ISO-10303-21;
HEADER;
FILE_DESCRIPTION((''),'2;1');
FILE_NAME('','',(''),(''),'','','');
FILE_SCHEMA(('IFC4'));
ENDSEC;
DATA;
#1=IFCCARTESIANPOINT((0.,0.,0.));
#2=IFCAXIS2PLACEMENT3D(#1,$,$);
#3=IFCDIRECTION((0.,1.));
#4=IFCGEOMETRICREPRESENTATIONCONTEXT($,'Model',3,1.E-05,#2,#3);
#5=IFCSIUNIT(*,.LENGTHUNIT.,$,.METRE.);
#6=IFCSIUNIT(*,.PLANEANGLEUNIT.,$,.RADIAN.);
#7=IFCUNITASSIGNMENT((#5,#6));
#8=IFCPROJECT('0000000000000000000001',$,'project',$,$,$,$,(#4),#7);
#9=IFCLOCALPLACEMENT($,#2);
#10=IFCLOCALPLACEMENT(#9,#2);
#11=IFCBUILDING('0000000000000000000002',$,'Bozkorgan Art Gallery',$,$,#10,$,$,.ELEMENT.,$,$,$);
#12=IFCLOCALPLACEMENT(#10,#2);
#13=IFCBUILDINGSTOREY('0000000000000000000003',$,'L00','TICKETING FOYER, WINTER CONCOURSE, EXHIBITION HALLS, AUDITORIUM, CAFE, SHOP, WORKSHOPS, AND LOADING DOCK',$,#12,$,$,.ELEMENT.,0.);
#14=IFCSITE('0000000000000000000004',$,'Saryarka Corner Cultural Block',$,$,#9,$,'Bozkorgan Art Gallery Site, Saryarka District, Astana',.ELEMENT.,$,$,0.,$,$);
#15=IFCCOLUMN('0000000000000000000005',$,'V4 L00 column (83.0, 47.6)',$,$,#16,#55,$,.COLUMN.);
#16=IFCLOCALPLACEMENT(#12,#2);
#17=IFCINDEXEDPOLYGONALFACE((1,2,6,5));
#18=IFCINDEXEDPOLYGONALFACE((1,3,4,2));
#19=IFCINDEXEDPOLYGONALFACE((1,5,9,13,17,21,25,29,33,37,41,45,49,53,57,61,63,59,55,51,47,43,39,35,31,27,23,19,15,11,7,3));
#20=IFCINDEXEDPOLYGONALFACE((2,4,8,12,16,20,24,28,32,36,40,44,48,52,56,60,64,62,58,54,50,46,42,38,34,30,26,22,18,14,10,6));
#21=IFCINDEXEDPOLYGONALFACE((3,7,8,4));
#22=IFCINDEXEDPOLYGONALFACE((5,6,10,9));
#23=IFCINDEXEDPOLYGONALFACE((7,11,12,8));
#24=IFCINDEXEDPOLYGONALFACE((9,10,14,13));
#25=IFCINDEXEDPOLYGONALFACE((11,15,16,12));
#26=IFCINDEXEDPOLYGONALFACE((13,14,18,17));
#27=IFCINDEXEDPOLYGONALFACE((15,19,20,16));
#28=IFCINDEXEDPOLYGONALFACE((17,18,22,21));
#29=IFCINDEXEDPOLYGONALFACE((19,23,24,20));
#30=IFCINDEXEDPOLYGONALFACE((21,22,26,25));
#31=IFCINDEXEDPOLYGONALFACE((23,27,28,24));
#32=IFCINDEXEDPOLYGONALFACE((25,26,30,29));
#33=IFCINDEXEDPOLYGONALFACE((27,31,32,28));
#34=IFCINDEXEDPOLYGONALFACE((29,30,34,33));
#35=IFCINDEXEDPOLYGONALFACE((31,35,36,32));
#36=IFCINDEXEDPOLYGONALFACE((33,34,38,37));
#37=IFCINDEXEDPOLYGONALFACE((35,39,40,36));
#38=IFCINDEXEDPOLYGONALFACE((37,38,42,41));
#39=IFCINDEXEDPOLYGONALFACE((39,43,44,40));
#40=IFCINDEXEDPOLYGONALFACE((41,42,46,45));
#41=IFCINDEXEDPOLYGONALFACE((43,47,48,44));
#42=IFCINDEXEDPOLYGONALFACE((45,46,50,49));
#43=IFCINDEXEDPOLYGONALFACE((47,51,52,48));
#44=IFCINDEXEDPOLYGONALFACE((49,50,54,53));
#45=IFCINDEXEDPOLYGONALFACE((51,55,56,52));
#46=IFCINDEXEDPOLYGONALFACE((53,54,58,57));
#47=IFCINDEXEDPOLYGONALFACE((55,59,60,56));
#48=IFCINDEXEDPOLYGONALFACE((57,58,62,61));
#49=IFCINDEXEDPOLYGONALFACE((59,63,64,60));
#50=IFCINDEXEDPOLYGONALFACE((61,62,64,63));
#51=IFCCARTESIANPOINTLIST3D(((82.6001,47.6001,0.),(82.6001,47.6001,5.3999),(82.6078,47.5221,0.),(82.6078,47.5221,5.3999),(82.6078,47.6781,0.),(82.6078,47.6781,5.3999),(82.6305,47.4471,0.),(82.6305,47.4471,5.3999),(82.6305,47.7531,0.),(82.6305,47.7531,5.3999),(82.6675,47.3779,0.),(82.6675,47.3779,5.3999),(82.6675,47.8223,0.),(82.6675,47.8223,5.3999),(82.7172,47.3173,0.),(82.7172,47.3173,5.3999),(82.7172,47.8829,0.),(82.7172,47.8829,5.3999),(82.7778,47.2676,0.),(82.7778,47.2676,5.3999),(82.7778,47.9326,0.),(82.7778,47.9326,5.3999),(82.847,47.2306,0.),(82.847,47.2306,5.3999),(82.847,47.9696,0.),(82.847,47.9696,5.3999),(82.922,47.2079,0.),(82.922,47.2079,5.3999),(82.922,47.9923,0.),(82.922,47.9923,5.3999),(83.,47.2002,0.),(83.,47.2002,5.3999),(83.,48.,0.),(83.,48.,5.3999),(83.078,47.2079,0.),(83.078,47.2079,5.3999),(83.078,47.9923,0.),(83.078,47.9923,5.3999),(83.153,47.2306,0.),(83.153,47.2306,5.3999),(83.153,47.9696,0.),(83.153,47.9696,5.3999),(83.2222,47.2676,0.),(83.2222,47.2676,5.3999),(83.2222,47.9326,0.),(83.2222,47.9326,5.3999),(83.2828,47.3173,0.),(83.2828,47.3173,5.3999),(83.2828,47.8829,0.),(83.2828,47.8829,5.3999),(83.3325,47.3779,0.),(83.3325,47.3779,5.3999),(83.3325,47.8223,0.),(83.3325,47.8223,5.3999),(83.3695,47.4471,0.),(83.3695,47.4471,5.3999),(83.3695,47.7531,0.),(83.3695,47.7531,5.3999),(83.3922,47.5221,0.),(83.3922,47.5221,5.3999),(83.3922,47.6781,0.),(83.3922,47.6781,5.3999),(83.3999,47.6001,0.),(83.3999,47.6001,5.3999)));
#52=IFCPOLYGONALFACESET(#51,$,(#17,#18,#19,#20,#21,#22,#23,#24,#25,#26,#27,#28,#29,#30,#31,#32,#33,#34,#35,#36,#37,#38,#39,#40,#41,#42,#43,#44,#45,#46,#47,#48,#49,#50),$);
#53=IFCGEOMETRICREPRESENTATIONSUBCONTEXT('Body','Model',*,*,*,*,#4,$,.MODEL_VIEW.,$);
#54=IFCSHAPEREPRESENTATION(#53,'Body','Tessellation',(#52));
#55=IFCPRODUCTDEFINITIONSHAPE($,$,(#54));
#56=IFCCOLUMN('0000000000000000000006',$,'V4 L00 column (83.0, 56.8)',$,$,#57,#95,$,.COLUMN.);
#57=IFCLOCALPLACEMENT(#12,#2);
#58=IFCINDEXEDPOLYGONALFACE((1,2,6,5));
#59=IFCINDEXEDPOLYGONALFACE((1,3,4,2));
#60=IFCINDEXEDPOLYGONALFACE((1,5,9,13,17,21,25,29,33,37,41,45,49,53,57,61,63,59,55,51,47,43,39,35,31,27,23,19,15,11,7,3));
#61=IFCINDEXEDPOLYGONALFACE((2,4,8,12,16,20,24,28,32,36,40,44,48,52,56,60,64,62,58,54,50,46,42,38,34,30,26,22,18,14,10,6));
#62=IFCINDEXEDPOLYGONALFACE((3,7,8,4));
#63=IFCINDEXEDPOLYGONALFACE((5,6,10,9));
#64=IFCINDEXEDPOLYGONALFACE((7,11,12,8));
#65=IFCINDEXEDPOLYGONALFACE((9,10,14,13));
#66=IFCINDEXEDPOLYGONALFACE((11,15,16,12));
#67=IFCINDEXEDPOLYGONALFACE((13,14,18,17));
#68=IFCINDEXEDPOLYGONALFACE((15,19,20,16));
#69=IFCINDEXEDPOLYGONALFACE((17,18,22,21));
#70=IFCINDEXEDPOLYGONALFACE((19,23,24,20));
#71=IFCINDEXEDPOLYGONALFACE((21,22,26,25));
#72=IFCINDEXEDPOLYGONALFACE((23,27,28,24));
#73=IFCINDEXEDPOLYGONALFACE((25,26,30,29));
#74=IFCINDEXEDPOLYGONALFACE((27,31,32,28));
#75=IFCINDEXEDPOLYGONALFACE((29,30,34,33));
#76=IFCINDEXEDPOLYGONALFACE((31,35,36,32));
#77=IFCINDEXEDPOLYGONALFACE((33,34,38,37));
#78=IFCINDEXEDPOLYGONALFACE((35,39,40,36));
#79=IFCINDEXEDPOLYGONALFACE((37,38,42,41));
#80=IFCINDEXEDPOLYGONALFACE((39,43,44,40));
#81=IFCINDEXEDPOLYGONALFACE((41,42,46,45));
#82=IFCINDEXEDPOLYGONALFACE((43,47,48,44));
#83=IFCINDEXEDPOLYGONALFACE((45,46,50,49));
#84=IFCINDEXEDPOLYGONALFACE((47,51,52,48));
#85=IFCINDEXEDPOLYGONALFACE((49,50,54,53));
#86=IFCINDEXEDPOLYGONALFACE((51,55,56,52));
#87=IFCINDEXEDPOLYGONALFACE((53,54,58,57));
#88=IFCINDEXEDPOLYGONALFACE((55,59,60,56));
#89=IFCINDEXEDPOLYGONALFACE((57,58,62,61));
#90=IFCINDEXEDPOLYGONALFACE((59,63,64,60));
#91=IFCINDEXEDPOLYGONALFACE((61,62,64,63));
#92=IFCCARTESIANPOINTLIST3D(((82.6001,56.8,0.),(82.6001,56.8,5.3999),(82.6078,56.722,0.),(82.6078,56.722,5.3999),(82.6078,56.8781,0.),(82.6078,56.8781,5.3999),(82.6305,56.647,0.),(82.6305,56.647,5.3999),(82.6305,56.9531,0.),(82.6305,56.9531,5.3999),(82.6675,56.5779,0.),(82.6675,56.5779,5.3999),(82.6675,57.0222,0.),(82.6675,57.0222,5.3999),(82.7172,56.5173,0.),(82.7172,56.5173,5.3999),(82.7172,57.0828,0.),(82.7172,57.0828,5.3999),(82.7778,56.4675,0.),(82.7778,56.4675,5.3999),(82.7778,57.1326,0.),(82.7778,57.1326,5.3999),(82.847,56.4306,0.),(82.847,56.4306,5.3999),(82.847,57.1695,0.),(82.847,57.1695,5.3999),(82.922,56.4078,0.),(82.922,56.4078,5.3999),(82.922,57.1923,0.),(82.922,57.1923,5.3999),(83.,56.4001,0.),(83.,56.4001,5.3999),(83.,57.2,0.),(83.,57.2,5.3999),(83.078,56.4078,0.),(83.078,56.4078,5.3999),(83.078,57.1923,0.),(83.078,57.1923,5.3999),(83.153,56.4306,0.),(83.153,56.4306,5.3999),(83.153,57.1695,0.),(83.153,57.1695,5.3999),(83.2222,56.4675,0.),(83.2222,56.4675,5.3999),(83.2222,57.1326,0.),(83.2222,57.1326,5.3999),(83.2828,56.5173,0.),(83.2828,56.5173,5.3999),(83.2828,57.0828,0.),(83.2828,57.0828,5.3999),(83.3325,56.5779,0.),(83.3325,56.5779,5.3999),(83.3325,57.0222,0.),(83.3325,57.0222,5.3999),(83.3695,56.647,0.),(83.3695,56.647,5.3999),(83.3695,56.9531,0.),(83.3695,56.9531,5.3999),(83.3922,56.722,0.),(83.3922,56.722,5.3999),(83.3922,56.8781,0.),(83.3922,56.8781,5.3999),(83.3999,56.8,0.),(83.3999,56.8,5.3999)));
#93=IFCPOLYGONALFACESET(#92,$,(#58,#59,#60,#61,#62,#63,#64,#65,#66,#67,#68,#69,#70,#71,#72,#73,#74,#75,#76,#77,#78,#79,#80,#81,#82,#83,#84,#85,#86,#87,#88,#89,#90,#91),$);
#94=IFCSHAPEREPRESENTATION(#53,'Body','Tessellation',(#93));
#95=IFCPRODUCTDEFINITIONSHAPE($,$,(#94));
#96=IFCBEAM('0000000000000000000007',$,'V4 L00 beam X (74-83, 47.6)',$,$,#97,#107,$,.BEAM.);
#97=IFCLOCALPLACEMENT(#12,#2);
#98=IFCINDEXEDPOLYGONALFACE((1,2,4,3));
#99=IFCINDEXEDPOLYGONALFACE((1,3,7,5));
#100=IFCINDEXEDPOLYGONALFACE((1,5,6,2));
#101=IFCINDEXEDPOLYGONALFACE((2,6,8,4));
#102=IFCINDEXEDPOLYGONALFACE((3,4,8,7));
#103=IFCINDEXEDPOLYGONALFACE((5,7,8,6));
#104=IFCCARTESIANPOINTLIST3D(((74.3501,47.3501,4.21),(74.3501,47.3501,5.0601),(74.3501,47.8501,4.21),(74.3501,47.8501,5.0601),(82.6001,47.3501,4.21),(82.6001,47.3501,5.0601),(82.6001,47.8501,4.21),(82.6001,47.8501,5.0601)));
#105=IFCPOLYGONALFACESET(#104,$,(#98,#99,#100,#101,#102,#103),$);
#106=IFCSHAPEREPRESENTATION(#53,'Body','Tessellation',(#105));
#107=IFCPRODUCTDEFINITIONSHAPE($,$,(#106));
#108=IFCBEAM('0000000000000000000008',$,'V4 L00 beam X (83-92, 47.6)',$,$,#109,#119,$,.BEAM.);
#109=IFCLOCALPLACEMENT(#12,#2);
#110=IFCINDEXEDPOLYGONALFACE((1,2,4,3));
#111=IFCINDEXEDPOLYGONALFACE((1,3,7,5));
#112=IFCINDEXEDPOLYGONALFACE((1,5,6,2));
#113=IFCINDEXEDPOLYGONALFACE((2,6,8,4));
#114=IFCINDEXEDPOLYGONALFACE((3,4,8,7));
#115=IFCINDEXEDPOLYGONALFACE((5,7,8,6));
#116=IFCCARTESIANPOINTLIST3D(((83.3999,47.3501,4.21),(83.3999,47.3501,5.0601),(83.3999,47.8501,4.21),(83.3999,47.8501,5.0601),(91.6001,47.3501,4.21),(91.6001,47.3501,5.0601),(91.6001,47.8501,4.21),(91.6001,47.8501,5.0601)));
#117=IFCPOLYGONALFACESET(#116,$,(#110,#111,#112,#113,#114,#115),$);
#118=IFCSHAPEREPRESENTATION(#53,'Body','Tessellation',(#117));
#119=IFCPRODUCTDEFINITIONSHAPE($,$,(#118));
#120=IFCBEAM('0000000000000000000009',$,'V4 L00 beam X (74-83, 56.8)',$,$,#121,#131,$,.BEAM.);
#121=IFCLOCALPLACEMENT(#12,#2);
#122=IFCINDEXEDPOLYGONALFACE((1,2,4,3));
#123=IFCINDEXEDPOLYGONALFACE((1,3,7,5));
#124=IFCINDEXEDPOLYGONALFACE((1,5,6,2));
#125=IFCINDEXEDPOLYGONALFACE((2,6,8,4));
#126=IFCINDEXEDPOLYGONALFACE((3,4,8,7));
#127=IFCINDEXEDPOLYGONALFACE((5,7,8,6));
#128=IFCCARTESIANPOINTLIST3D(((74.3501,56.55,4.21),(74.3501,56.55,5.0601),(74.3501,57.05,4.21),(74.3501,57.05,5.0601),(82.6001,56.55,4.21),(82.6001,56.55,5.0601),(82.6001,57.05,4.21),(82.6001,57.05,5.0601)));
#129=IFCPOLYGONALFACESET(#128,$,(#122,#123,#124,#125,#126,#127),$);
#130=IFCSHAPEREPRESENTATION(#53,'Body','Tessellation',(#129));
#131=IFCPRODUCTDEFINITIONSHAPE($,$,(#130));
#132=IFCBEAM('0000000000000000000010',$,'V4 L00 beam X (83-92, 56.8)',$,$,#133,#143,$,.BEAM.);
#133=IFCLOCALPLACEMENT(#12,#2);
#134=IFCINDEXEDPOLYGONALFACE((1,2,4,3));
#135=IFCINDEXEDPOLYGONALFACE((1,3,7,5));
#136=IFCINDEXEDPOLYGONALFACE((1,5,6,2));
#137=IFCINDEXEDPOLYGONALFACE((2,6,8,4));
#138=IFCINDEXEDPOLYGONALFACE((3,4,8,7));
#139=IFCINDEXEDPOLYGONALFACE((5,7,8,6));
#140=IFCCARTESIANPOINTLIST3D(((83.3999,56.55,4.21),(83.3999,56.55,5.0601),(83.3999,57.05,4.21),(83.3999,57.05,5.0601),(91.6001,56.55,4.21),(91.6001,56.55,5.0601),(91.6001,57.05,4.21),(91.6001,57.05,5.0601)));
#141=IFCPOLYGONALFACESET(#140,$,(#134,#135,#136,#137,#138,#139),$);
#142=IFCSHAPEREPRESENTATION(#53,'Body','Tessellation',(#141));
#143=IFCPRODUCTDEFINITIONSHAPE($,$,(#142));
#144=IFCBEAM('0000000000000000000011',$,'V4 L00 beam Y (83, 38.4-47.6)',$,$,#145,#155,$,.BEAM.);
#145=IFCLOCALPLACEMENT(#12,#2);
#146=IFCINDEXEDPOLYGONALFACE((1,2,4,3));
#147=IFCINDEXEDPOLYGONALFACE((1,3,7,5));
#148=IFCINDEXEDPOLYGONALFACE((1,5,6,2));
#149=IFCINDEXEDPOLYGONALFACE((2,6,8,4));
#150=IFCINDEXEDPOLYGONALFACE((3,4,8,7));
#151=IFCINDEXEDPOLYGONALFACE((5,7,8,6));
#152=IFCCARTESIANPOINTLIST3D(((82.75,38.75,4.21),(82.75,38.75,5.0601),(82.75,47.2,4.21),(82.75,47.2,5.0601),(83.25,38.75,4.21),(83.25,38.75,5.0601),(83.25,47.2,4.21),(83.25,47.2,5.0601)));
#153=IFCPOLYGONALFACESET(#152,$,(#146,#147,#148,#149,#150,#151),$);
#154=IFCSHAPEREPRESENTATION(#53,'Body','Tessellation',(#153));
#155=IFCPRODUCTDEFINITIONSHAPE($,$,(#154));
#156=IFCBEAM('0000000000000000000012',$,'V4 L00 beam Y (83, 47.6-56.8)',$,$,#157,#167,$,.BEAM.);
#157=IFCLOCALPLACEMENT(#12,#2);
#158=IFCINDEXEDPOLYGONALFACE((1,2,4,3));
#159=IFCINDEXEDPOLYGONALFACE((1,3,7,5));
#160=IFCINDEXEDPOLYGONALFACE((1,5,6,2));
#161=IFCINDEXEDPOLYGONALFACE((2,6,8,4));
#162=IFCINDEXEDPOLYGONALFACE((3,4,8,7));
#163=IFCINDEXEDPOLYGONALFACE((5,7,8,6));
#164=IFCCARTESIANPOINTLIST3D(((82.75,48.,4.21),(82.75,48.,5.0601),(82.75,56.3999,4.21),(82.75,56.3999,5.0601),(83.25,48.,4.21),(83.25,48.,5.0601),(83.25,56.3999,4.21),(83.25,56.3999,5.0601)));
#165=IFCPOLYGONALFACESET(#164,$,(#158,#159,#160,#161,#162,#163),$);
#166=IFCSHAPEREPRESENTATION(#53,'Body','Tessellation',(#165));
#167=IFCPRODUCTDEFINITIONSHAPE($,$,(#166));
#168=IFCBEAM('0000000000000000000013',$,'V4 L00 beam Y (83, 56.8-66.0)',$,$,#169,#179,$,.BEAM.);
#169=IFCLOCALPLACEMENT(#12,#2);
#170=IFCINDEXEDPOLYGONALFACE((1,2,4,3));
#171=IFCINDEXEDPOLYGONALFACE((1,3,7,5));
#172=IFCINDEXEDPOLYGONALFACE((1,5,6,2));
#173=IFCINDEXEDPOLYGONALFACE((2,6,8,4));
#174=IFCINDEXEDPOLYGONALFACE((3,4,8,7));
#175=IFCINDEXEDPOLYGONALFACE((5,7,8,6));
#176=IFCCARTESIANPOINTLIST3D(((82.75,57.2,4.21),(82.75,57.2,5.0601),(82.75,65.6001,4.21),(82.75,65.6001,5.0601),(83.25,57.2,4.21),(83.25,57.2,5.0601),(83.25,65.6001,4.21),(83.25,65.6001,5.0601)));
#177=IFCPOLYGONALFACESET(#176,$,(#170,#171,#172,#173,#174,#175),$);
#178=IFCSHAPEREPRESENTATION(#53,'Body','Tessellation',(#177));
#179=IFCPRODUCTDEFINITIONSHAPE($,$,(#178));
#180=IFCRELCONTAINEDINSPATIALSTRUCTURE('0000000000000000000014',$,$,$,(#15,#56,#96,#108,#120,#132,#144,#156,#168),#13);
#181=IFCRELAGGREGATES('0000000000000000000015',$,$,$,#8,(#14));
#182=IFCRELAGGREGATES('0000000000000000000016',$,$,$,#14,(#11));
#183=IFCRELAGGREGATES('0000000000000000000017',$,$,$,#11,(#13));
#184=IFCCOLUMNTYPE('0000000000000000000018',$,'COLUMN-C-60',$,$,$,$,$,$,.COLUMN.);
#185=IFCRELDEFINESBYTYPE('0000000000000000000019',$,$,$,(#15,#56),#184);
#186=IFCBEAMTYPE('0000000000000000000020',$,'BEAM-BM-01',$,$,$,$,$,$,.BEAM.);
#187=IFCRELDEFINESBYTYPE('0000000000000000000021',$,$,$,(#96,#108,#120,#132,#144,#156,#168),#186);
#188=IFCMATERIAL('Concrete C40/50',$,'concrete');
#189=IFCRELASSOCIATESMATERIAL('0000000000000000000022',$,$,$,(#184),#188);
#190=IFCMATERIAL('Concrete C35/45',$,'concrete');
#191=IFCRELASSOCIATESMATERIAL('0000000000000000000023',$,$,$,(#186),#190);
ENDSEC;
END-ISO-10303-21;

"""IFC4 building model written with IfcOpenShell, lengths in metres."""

from ifc_helpers import new_model, si_unit, direction, frame, origin, origin_2d, place, context, subcontext, project, spatial, rectangle, circle, extrude, material, material_profile, profile_set, type_object, element, save


model = new_model("IFC4")

# Units and contexts
model_context = context("Model", 3, precision=1e-05, world=origin(), true_north=direction((0.0, 1.0)))
body_context = subcontext(model_context, "Body", "Model", "MODEL_VIEW")
ifc_project = project(units=[si_unit("LENGTHUNIT", "METRE"), si_unit("PLANEANGLEUNIT", "RADIAN")], contexts=[model_context])

# Site, building, storey
site_placement = place(None, origin())
site = spatial("IfcSite", under=ifc_project, at=site_placement, Name="Saryarka Corner Cultural Block", LongName="Bozkorgan Art Gallery Site, Saryarka District, Astana", CompositionType="ELEMENT", RefElevation=0.0)
building_placement = place(site_placement, origin())
building = spatial("IfcBuilding", under=site, at=building_placement, Name="Bozkorgan Art Gallery", CompositionType="ELEMENT")
storey_placement = place(building_placement, origin())
storey = spatial("IfcBuildingStorey", under=building, at=storey_placement, Name="L00", Description="TICKETING FOYER, WINTER CONCOURSE, EXHIBITION HALLS, AUDITORIUM, CAFE, SHOP, WORKSHOPS, AND LOADING DOCK", CompositionType="ELEMENT", Elevation=0.0)

# Columns
ifc_material_1 = material(Name="Concrete C40/50", Category="concrete")
ifc_material_profile_1 = material_profile(ifc_material_1, circle(Radius=0.3999, at=origin_2d()), Name="RC D800")
ifc_profile_set_1 = profile_set([ifc_material_profile_1], Name="Concrete C40/50")
column_type = type_object("IfcColumnType", Name="COLUMN-C-60", PredefinedType="COLUMN", material=ifc_profile_set_1)
for number, where, z_axis, x_axis, name in (
    (1, (83.0, 47.6001, 0.0), (0.0, 0.0, 1.0), (1.0, 0.0, 0.0), "V4 L00 column (83.0, 47.6)"),
    (2, (83.0, 56.8, 0.0), (0.0, 0.0, 1.0), (1.0, 0.0, 0.0), "V4 L00 column (83.0, 56.8)"),
):
    element("IfcColumn", number, at=place(storey_placement, frame(where, z_axis=z_axis, x_axis=x_axis)), inside=storey, type_object=column_type, Name=name, PredefinedType="COLUMN", context=body_context, shape_type="SweptSolid", body=[
        extrude(circle(Radius=0.3999, at=origin_2d()), origin(), (0.0, 0.0, 1.0), 5.3999),
    ])

# Beams
ifc_material_2 = material(Name="Concrete C35/45", Category="concrete")
ifc_material_profile_2 = material_profile(ifc_material_2, rectangle(XDim=0.5, YDim=0.8501, at=origin_2d()), Name="RC 500x850")
ifc_profile_set_2 = profile_set([ifc_material_profile_2], Name="Concrete C35/45")
beam_type_1 = type_object("IfcBeamType", Name="BEAM-BM-01", PredefinedType="BEAM", material=ifc_profile_set_2)
beam_1_placement = place(storey_placement, frame((74.3501, 47.6001, 4.635), z_axis=(1.0, 0.0, 0.0), x_axis=(0.0, 1.0, 0.0)))
element("IfcBeam", 3, at=beam_1_placement, inside=storey, type_object=beam_type_1, Name="V4 L00 beam X (74-83, 47.6)", PredefinedType="BEAM", context=body_context, shape_type="SweptSolid", body=[
    extrude(rectangle(XDim=0.5, YDim=0.8501, at=origin_2d()), origin(), (0.0, 0.0, 1.0), 8.25),
])
beam_2_placement = place(storey_placement, frame((83.3999, 47.6001, 4.635), z_axis=(1.0, 0.0, 0.0), x_axis=(0.0, 1.0, 0.0)))
element("IfcBeam", 4, at=beam_2_placement, inside=storey, type_object=beam_type_1, Name="V4 L00 beam X (83-92, 47.6)", PredefinedType="BEAM", context=body_context, shape_type="SweptSolid", body=[
    extrude(rectangle(XDim=0.5, YDim=0.8501, at=origin_2d()), origin(), (0.0, 0.0, 1.0), 8.2002),
])
beam_3_placement = place(storey_placement, frame((74.3501, 56.8, 4.635), z_axis=(1.0, 0.0, 0.0), x_axis=(0.0, 1.0, 0.0)))
element("IfcBeam", 5, at=beam_3_placement, inside=storey, type_object=beam_type_1, Name="V4 L00 beam X (74-83, 56.8)", PredefinedType="BEAM", context=body_context, shape_type="SweptSolid", body=[
    extrude(rectangle(XDim=0.5, YDim=0.8501, at=origin_2d()), origin(), (0.0, 0.0, 1.0), 8.25),
])
beam_4_placement = place(storey_placement, frame((83.3999, 56.8, 4.635), z_axis=(1.0, 0.0, 0.0), x_axis=(0.0, 1.0, 0.0)))
element("IfcBeam", 6, at=beam_4_placement, inside=storey, type_object=beam_type_1, Name="V4 L00 beam X (83-92, 56.8)", PredefinedType="BEAM", context=body_context, shape_type="SweptSolid", body=[
    extrude(rectangle(XDim=0.5, YDim=0.8501, at=origin_2d()), origin(), (0.0, 0.0, 1.0), 8.2002),
])
beam_5_placement = place(storey_placement, frame((83.0, 38.75, 4.635), z_axis=(0.0, 1.0, 0.0), x_axis=(-1.0, 0.0, 0.0)))
element("IfcBeam", 7, at=beam_5_placement, inside=storey, type_object=beam_type_1, Name="V4 L00 beam Y (83, 38.4-47.6)", PredefinedType="BEAM", context=body_context, shape_type="SweptSolid", body=[
    extrude(rectangle(XDim=0.5, YDim=0.8501, at=origin_2d()), origin(), (0.0, 0.0, 1.0), 8.45),
])
beam_6_placement = place(storey_placement, frame((83.0, 48.0, 4.635), z_axis=(0.0, 1.0, 0.0), x_axis=(-1.0, 0.0, 0.0)))
element("IfcBeam", 8, at=beam_6_placement, inside=storey, type_object=beam_type_1, Name="V4 L00 beam Y (83, 47.6-56.8)", PredefinedType="BEAM", context=body_context, shape_type="SweptSolid", body=[
    extrude(rectangle(XDim=0.5, YDim=0.8501, at=origin_2d()), origin(), (0.0, 0.0, 1.0), 8.3999),
])
beam_7_placement = place(storey_placement, frame((83.0, 57.2, 4.635), z_axis=(0.0, 1.0, 0.0), x_axis=(-1.0, 0.0, 0.0)))
element("IfcBeam", 9, at=beam_7_placement, inside=storey, type_object=beam_type_1, Name="V4 L00 beam Y (83, 56.8-66.0)", PredefinedType="BEAM", context=body_context, shape_type="SweptSolid", body=[
    extrude(rectangle(XDim=0.5, YDim=0.8501, at=origin_2d()), origin(), (0.0, 0.0, 1.0), 8.4001),
])

save(model, "model.ifc")
